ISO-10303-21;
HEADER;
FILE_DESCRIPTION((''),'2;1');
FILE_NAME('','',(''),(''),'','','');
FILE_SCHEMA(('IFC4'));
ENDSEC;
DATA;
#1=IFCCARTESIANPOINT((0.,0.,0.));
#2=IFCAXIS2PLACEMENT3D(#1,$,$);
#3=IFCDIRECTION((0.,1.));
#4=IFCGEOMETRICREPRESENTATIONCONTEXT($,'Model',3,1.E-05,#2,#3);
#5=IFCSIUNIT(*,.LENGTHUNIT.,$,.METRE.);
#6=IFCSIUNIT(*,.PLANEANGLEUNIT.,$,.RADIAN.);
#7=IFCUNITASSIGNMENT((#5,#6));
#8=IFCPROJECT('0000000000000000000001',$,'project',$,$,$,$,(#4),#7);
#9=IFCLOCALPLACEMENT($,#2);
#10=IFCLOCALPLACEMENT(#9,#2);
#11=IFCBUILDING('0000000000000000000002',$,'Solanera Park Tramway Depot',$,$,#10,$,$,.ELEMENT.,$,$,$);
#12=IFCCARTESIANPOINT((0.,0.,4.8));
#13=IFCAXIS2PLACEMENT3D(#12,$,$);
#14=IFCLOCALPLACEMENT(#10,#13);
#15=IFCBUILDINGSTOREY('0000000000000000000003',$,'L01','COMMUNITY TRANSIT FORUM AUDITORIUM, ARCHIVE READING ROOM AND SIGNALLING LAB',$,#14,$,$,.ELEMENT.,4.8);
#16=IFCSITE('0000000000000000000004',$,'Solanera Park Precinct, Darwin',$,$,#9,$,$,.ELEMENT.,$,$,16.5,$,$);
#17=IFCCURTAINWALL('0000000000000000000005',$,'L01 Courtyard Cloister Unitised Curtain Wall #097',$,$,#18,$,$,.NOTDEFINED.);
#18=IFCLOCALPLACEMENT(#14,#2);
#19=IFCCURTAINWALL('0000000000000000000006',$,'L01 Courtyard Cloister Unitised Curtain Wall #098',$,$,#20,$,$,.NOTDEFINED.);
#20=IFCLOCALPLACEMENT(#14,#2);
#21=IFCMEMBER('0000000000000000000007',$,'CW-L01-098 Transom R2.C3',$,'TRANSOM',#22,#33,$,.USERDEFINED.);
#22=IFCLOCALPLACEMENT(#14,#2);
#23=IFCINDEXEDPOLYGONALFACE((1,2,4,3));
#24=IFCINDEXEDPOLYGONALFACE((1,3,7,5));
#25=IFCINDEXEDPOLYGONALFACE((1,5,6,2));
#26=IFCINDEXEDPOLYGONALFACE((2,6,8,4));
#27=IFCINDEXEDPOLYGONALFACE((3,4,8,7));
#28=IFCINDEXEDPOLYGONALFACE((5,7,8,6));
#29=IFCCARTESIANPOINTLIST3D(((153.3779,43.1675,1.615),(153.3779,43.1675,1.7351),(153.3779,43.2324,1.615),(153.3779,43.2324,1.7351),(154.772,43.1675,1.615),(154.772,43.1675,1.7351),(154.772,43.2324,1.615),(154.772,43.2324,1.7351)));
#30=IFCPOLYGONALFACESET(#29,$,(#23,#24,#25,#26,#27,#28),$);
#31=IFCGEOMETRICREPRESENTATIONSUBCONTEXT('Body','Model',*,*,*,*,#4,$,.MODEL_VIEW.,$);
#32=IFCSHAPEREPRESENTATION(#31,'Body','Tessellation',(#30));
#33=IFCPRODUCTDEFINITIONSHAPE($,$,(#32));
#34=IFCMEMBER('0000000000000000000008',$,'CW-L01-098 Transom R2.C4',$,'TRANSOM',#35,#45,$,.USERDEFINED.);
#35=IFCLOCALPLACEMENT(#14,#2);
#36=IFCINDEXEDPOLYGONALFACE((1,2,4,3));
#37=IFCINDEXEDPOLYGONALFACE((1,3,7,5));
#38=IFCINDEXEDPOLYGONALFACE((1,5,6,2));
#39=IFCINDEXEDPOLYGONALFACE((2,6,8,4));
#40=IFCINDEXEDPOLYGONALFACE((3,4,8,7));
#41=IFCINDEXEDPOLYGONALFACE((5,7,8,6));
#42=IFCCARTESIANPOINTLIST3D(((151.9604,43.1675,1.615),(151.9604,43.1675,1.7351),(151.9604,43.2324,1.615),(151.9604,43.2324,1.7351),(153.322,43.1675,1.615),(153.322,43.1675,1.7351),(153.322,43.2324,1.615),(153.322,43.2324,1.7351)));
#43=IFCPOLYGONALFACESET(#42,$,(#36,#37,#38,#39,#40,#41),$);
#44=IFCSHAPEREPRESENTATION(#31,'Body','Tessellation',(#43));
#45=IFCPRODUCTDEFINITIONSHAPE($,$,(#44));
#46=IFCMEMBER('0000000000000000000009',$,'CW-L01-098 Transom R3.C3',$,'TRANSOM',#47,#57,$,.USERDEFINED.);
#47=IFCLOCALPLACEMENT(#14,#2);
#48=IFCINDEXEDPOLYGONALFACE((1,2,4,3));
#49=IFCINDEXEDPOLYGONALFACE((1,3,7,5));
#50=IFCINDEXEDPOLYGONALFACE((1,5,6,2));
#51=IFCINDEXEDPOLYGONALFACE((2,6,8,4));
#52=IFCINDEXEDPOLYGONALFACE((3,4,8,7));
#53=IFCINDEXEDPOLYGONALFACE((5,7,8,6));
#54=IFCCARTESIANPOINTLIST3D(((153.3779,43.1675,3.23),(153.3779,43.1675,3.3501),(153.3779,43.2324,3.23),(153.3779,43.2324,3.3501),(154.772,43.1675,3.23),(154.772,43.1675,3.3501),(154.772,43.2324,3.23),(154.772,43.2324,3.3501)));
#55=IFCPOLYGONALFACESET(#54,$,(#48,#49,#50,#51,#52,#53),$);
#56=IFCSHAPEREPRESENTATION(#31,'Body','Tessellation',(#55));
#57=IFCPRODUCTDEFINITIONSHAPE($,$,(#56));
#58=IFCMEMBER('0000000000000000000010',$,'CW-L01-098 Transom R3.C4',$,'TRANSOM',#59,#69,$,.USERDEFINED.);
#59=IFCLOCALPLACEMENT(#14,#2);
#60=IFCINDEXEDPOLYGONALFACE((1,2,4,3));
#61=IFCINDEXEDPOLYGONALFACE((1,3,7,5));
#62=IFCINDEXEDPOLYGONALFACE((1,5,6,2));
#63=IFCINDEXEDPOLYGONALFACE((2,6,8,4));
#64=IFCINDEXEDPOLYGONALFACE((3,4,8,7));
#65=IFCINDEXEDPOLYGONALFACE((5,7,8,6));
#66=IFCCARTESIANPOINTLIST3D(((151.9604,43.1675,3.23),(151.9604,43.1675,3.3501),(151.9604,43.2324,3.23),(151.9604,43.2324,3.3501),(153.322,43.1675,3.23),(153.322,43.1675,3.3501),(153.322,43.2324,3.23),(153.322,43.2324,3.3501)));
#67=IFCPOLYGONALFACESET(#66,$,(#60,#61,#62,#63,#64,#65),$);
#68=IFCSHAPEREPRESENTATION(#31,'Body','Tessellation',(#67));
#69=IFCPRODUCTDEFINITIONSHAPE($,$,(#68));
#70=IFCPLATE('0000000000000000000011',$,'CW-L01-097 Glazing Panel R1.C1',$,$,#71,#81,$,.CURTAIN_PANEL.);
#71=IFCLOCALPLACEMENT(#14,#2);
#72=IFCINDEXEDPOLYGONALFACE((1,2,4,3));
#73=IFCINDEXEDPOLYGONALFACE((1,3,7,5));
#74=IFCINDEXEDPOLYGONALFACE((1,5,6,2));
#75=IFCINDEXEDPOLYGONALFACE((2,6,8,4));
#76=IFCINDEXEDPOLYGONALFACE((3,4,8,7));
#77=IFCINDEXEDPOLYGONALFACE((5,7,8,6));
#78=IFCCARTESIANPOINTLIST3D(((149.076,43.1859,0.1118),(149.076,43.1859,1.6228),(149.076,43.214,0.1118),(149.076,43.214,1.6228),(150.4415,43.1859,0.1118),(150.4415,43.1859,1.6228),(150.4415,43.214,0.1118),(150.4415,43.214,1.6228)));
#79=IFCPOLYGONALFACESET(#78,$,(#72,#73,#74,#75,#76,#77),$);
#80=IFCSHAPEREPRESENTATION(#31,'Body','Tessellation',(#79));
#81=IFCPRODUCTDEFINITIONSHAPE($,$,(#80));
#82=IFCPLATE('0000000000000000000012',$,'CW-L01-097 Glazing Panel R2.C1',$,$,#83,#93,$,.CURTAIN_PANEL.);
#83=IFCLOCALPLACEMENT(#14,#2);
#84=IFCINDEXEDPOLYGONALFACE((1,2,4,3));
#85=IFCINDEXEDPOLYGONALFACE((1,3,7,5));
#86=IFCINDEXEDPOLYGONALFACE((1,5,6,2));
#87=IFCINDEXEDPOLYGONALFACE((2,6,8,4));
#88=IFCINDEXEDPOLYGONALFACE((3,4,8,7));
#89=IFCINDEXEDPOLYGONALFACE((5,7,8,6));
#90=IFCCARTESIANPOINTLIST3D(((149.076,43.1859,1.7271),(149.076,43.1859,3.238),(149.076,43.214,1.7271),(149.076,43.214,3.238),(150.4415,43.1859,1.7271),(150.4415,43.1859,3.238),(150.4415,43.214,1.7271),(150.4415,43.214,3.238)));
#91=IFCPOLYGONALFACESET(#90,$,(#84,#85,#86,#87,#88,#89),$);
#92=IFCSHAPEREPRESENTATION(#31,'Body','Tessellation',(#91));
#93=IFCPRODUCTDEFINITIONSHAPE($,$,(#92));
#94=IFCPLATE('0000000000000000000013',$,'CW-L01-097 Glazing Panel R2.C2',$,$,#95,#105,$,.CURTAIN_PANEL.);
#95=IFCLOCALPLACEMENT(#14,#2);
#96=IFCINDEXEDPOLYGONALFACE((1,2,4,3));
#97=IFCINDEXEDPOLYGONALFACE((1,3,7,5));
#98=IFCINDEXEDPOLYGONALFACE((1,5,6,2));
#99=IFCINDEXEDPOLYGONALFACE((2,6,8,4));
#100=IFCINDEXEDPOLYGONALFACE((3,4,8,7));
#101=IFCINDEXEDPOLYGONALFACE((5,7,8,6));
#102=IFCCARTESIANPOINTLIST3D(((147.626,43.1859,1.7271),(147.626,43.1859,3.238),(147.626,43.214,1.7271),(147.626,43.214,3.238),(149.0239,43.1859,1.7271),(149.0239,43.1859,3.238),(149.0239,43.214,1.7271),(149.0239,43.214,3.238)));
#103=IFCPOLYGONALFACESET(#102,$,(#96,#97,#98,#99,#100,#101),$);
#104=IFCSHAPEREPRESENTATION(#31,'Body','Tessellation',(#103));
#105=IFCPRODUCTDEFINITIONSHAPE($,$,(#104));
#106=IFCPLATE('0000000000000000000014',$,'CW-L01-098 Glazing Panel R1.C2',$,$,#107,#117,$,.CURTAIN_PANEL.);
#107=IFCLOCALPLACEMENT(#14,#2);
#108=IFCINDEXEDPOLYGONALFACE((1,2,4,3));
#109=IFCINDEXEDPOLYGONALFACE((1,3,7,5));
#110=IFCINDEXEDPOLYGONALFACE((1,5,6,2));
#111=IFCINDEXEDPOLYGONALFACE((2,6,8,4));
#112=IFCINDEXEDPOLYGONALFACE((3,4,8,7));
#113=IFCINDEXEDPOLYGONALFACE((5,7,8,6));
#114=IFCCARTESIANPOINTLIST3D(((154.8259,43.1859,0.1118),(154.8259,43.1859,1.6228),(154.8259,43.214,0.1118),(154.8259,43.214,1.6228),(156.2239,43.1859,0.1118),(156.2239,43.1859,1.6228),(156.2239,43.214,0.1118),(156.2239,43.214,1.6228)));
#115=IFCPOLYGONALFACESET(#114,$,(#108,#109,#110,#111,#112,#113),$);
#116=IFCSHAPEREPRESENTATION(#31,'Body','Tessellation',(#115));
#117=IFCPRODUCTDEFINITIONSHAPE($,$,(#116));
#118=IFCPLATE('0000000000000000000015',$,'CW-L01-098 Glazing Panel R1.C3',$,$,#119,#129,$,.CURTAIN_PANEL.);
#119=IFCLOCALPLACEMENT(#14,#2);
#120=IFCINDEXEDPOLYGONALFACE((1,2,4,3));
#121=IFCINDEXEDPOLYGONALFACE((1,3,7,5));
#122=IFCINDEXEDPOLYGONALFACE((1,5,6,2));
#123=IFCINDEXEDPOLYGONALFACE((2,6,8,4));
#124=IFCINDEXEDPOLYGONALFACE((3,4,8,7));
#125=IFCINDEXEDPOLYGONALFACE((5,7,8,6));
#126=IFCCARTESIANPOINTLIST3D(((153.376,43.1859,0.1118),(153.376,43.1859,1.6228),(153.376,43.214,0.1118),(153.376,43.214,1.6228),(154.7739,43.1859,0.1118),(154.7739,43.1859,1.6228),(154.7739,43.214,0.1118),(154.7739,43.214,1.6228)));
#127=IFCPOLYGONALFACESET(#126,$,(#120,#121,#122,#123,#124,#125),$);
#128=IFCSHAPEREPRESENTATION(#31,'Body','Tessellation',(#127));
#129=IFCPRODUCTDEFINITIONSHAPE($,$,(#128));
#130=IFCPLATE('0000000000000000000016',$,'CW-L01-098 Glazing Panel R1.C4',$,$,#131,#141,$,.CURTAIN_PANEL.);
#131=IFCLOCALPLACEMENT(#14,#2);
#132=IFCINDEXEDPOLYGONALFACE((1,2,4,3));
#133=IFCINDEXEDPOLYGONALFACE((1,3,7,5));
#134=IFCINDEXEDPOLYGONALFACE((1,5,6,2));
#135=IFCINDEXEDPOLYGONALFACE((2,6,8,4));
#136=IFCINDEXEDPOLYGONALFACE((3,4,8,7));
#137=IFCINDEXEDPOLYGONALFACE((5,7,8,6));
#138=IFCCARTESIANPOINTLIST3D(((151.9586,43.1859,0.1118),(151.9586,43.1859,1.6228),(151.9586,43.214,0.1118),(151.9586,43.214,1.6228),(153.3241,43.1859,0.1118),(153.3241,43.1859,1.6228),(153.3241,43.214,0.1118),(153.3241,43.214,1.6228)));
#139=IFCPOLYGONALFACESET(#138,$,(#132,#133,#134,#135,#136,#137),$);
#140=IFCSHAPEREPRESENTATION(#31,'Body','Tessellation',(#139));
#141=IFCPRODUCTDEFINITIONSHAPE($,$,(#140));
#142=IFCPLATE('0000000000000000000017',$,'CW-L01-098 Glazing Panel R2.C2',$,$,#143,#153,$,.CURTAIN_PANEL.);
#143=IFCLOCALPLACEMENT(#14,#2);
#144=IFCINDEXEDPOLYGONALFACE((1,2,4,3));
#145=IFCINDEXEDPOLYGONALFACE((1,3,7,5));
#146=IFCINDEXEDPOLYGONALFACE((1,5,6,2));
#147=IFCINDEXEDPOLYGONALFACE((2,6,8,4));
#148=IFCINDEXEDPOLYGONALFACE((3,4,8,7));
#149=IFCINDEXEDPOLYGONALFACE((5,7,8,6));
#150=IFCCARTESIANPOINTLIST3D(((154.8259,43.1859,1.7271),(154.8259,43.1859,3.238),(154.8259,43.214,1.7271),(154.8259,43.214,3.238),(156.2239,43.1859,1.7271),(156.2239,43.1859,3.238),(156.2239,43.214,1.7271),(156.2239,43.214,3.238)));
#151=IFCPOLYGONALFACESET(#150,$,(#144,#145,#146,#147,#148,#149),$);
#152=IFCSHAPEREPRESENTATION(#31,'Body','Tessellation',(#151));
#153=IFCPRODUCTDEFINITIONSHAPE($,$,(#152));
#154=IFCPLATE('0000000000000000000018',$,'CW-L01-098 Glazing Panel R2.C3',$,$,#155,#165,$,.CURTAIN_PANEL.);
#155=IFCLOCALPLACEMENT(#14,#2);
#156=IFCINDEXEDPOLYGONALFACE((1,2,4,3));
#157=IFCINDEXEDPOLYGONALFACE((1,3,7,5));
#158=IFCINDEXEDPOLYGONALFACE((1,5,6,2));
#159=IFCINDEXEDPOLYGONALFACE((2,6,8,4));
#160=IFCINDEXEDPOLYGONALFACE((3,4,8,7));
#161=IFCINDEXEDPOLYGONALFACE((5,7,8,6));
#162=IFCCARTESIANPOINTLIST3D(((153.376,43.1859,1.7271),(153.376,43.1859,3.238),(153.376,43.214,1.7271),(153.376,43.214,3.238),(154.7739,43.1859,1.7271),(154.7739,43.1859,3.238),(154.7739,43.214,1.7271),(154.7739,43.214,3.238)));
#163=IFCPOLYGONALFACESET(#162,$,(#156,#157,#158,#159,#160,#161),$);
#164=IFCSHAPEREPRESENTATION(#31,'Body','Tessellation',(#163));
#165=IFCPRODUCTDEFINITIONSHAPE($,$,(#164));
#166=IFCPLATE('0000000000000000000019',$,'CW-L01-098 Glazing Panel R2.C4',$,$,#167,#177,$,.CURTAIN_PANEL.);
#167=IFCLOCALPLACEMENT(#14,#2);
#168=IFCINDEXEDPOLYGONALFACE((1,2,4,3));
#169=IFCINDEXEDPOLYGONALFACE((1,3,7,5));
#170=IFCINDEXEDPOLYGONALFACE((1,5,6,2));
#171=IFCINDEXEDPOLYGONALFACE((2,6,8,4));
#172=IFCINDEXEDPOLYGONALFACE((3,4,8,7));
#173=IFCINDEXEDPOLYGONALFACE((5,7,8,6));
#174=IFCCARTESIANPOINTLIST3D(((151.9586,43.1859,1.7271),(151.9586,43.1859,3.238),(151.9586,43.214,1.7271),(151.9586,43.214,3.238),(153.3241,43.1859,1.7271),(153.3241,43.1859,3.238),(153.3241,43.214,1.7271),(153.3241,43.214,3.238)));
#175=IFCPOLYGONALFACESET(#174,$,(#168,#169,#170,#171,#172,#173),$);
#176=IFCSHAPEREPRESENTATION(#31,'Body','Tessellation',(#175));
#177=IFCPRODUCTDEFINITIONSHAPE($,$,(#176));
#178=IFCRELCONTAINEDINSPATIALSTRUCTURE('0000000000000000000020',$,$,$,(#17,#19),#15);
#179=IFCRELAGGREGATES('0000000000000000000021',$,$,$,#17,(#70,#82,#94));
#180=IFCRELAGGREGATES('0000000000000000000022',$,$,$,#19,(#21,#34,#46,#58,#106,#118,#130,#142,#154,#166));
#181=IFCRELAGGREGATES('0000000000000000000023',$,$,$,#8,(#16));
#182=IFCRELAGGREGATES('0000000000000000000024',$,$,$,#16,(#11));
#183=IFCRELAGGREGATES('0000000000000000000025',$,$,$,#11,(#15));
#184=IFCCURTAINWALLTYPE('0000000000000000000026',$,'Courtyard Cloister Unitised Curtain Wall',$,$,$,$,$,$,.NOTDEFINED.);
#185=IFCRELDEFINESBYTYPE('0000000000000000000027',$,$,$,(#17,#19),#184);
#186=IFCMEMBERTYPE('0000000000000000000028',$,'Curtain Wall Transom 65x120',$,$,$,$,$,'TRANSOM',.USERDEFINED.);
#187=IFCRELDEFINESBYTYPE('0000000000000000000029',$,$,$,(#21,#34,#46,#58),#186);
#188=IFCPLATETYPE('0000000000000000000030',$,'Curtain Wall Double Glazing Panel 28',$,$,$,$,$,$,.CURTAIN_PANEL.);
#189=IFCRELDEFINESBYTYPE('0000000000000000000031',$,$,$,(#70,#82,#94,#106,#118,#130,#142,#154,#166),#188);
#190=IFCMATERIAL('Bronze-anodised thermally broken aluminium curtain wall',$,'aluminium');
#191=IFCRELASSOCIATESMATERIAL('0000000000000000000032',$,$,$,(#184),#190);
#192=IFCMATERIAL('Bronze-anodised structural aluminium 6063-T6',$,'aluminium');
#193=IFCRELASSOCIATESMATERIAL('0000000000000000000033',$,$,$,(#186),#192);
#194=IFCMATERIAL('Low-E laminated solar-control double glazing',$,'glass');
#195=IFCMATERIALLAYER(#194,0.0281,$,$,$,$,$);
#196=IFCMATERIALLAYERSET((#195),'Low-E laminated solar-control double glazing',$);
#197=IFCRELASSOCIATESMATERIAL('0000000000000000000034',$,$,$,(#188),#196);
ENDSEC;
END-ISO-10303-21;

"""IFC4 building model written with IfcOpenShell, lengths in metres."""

from ifc_helpers import new_model, si_unit, direction, frame, origin, origin_2d, place, context, subcontext, project, spatial, rectangle, extrude, material, layer, layer_set, material_profile, profile_set, type_object, element, aggregate, save


model = new_model("IFC4")

# Units and contexts
model_context = context("Model", 3, precision=1e-05, world=origin(), true_north=direction((0.0, 1.0)))
body_context = subcontext(model_context, "Body", "Model", "MODEL_VIEW")
ifc_project = project(units=[si_unit("LENGTHUNIT", "METRE"), si_unit("PLANEANGLEUNIT", "RADIAN")], contexts=[model_context])

# Site, building, storey
site_placement = place(None, origin())
site = spatial("IfcSite", under=ifc_project, at=site_placement, Name="Solanera Park Precinct, Darwin", CompositionType="ELEMENT", RefElevation=16.5)
building_placement = place(site_placement, origin())
building = spatial("IfcBuilding", under=site, at=building_placement, Name="Solanera Park Tramway Depot", CompositionType="ELEMENT")
storey_placement = place(building_placement, frame((0.0, 0.0, 4.8)))
storey = spatial("IfcBuildingStorey", under=building, at=storey_placement, Name="L01", Description="COMMUNITY TRANSIT FORUM AUDITORIUM, ARCHIVE READING ROOM AND SIGNALLING LAB", CompositionType="ELEMENT", Elevation=4.8)

# Curtain walls
ifc_material_1 = material(Name="Bronze-anodised thermally broken aluminium curtain wall", Category="aluminium")
curtain_wall_type = type_object("IfcCurtainWallType", Name="Courtyard Cloister Unitised Curtain Wall", PredefinedType="NOTDEFINED", material=ifc_material_1)
curtain_wall_1_placement = place(storey_placement, origin())
curtain_wall_1 = element("IfcCurtainWall", 1, at=curtain_wall_1_placement, inside=storey, type_object=curtain_wall_type, Name="L01 Courtyard Cloister Unitised Curtain Wall #097", PredefinedType="NOTDEFINED")
curtain_wall_2_placement = place(storey_placement, origin())
curtain_wall_2 = element("IfcCurtainWall", 2, at=curtain_wall_2_placement, inside=storey, type_object=curtain_wall_type, Name="L01 Courtyard Cloister Unitised Curtain Wall #098", PredefinedType="NOTDEFINED")

# Members
ifc_material_2 = material(Name="Bronze-anodised structural aluminium 6063-T6", Category="aluminium")
ifc_material_profile_1 = material_profile(ifc_material_2, rectangle(XDim=0.0649, YDim=0.1201, at=origin_2d()), Name="Curtain Wall Transom 65x120")
ifc_profile_set_1 = profile_set([ifc_material_profile_1], Name="Bronze-anodised structural aluminium 6063-T6")
member_type_1 = type_object("IfcMemberType", Name="Curtain Wall Transom 65x120", ElementType="TRANSOM", PredefinedType="USERDEFINED", material=ifc_profile_set_1)
member_1_placement = place(storey_placement, frame((154.772, 43.2, 1.675), z_axis=(-1.0, 0.0, 0.0), x_axis=(0.0, -1.0, 0.0)))
member_1 = element("IfcMember", 3, at=member_1_placement, type_object=member_type_1, Name="CW-L01-098 Transom R2.C3", ObjectType="TRANSOM", PredefinedType="USERDEFINED", context=body_context, shape_type="SweptSolid", body=[
    extrude(rectangle(XDim=0.0649, YDim=0.1201, at=origin_2d()), origin(), (0.0, 0.0, 1.0), 1.394),
])
member_2_placement = place(storey_placement, frame((153.322, 43.2, 1.675), z_axis=(-1.0, 0.0, 0.0), x_axis=(0.0, -1.0, 0.0)))
member_2 = element("IfcMember", 4, at=member_2_placement, type_object=member_type_1, Name="CW-L01-098 Transom R2.C4", ObjectType="TRANSOM", PredefinedType="USERDEFINED", context=body_context, shape_type="SweptSolid", body=[
    extrude(rectangle(XDim=0.0649, YDim=0.1201, at=origin_2d()), origin(), (0.0, 0.0, 1.0), 1.3616),
])
member_3_placement = place(storey_placement, frame((154.772, 43.2, 3.29), z_axis=(-1.0, 0.0, 0.0), x_axis=(0.0, -1.0, 0.0)))
member_3 = element("IfcMember", 5, at=member_3_placement, type_object=member_type_1, Name="CW-L01-098 Transom R3.C3", ObjectType="TRANSOM", PredefinedType="USERDEFINED", context=body_context, shape_type="SweptSolid", body=[
    extrude(rectangle(XDim=0.0649, YDim=0.1201, at=origin_2d()), origin(), (0.0, 0.0, 1.0), 1.394),
])
member_4_placement = place(storey_placement, frame((153.322, 43.2, 3.29), z_axis=(-1.0, 0.0, 0.0), x_axis=(0.0, -1.0, 0.0)))
member_4 = element("IfcMember", 6, at=member_4_placement, type_object=member_type_1, Name="CW-L01-098 Transom R3.C4", ObjectType="TRANSOM", PredefinedType="USERDEFINED", context=body_context, shape_type="SweptSolid", body=[
    extrude(rectangle(XDim=0.0649, YDim=0.1201, at=origin_2d()), origin(), (0.0, 0.0, 1.0), 1.3616),
])

# Plates
ifc_material_3 = material(Name="Low-E laminated solar-control double glazing", Category="glass")
ifc_layer_1 = layer(ifc_material_3, 0.0281)
ifc_layer_set_1 = layer_set([ifc_layer_1], Name="Low-E laminated solar-control double glazing")
plate_type = type_object("IfcPlateType", Name="Curtain Wall Double Glazing Panel 28", PredefinedType="CURTAIN_PANEL", material=ifc_layer_set_1)
plate_1_placement = place(storey_placement, frame((149.7588, 43.2, 0.1118), z_axis=(0.0, 0.0, 1.0), x_axis=(-1.0, 0.0, 0.0)))
plate_1 = element("IfcPlate", 7, at=plate_1_placement, type_object=plate_type, Name="CW-L01-097 Glazing Panel R1.C1", PredefinedType="CURTAIN_PANEL", context=body_context, shape_type="SweptSolid", body=[
    extrude(rectangle(XDim=1.3655, YDim=0.0281, at=origin_2d()), origin(), (0.0, 0.0, 1.0), 1.511),
])
plate_2_placement = place(storey_placement, frame((149.7588, 43.2, 1.7271), z_axis=(0.0, 0.0, 1.0), x_axis=(-1.0, 0.0, 0.0)))
plate_2 = element("IfcPlate", 8, at=plate_2_placement, type_object=plate_type, Name="CW-L01-097 Glazing Panel R2.C1", PredefinedType="CURTAIN_PANEL", context=body_context, shape_type="SweptSolid", body=[
    extrude(rectangle(XDim=1.3655, YDim=0.0281, at=origin_2d()), origin(), (0.0, 0.0, 1.0), 1.511),
])
plate_3_placement = place(storey_placement, frame((148.325, 43.2, 1.7271), z_axis=(0.0, 0.0, 1.0), x_axis=(-1.0, 0.0, 0.0)))
plate_3 = element("IfcPlate", 9, at=plate_3_placement, type_object=plate_type, Name="CW-L01-097 Glazing Panel R2.C2", PredefinedType="CURTAIN_PANEL", context=body_context, shape_type="SweptSolid", body=[
    extrude(rectangle(XDim=1.3979, YDim=0.0281, at=origin_2d()), origin(), (0.0, 0.0, 1.0), 1.511),
])
aggregate(curtain_wall_1, [plate_1, plate_2, plate_3])
plate_4_placement = place(storey_placement, frame((155.5249, 43.2, 0.1118), z_axis=(0.0, 0.0, 1.0), x_axis=(-1.0, 0.0, 0.0)))
plate_4 = element("IfcPlate", 10, at=plate_4_placement, type_object=plate_type, Name="CW-L01-098 Glazing Panel R1.C2", PredefinedType="CURTAIN_PANEL", context=body_context, shape_type="SweptSolid", body=[
    extrude(rectangle(XDim=1.3979, YDim=0.0281, at=origin_2d()), origin(), (0.0, 0.0, 1.0), 1.511),
])
plate_5_placement = place(storey_placement, frame((154.075, 43.2, 0.1118), z_axis=(0.0, 0.0, 1.0), x_axis=(-1.0, 0.0, 0.0)))
plate_5 = element("IfcPlate", 11, at=plate_5_placement, type_object=plate_type, Name="CW-L01-098 Glazing Panel R1.C3", PredefinedType="CURTAIN_PANEL", context=body_context, shape_type="SweptSolid", body=[
    extrude(rectangle(XDim=1.3979, YDim=0.0281, at=origin_2d()), origin(), (0.0, 0.0, 1.0), 1.511),
])
plate_6_placement = place(storey_placement, frame((152.6414, 43.2, 0.1118), z_axis=(0.0, 0.0, 1.0), x_axis=(-1.0, 0.0, 0.0)))
plate_6 = element("IfcPlate", 12, at=plate_6_placement, type_object=plate_type, Name="CW-L01-098 Glazing Panel R1.C4", PredefinedType="CURTAIN_PANEL", context=body_context, shape_type="SweptSolid", body=[
    extrude(rectangle(XDim=1.3655, YDim=0.0281, at=origin_2d()), origin(), (0.0, 0.0, 1.0), 1.511),
])
plate_7_placement = place(storey_placement, frame((155.5249, 43.2, 1.7271), z_axis=(0.0, 0.0, 1.0), x_axis=(-1.0, 0.0, 0.0)))
plate_7 = element("IfcPlate", 13, at=plate_7_placement, type_object=plate_type, Name="CW-L01-098 Glazing Panel R2.C2", PredefinedType="CURTAIN_PANEL", context=body_context, shape_type="SweptSolid", body=[
    extrude(rectangle(XDim=1.3979, YDim=0.0281, at=origin_2d()), origin(), (0.0, 0.0, 1.0), 1.511),
])
plate_8_placement = place(storey_placement, frame((154.075, 43.2, 1.7271), z_axis=(0.0, 0.0, 1.0), x_axis=(-1.0, 0.0, 0.0)))
plate_8 = element("IfcPlate", 14, at=plate_8_placement, type_object=plate_type, Name="CW-L01-098 Glazing Panel R2.C3", PredefinedType="CURTAIN_PANEL", context=body_context, shape_type="SweptSolid", body=[
    extrude(rectangle(XDim=1.3979, YDim=0.0281, at=origin_2d()), origin(), (0.0, 0.0, 1.0), 1.511),
])
plate_9_placement = place(storey_placement, frame((152.6414, 43.2, 1.7271), z_axis=(0.0, 0.0, 1.0), x_axis=(-1.0, 0.0, 0.0)))
plate_9 = element("IfcPlate", 15, at=plate_9_placement, type_object=plate_type, Name="CW-L01-098 Glazing Panel R2.C4", PredefinedType="CURTAIN_PANEL", context=body_context, shape_type="SweptSolid", body=[
    extrude(rectangle(XDim=1.3655, YDim=0.0281, at=origin_2d()), origin(), (0.0, 0.0, 1.0), 1.511),
])
aggregate(curtain_wall_2, [member_1, member_2, member_3, member_4, plate_4, plate_5, plate_6, plate_7, plate_8, plate_9])

save(model, "model.ifc")
